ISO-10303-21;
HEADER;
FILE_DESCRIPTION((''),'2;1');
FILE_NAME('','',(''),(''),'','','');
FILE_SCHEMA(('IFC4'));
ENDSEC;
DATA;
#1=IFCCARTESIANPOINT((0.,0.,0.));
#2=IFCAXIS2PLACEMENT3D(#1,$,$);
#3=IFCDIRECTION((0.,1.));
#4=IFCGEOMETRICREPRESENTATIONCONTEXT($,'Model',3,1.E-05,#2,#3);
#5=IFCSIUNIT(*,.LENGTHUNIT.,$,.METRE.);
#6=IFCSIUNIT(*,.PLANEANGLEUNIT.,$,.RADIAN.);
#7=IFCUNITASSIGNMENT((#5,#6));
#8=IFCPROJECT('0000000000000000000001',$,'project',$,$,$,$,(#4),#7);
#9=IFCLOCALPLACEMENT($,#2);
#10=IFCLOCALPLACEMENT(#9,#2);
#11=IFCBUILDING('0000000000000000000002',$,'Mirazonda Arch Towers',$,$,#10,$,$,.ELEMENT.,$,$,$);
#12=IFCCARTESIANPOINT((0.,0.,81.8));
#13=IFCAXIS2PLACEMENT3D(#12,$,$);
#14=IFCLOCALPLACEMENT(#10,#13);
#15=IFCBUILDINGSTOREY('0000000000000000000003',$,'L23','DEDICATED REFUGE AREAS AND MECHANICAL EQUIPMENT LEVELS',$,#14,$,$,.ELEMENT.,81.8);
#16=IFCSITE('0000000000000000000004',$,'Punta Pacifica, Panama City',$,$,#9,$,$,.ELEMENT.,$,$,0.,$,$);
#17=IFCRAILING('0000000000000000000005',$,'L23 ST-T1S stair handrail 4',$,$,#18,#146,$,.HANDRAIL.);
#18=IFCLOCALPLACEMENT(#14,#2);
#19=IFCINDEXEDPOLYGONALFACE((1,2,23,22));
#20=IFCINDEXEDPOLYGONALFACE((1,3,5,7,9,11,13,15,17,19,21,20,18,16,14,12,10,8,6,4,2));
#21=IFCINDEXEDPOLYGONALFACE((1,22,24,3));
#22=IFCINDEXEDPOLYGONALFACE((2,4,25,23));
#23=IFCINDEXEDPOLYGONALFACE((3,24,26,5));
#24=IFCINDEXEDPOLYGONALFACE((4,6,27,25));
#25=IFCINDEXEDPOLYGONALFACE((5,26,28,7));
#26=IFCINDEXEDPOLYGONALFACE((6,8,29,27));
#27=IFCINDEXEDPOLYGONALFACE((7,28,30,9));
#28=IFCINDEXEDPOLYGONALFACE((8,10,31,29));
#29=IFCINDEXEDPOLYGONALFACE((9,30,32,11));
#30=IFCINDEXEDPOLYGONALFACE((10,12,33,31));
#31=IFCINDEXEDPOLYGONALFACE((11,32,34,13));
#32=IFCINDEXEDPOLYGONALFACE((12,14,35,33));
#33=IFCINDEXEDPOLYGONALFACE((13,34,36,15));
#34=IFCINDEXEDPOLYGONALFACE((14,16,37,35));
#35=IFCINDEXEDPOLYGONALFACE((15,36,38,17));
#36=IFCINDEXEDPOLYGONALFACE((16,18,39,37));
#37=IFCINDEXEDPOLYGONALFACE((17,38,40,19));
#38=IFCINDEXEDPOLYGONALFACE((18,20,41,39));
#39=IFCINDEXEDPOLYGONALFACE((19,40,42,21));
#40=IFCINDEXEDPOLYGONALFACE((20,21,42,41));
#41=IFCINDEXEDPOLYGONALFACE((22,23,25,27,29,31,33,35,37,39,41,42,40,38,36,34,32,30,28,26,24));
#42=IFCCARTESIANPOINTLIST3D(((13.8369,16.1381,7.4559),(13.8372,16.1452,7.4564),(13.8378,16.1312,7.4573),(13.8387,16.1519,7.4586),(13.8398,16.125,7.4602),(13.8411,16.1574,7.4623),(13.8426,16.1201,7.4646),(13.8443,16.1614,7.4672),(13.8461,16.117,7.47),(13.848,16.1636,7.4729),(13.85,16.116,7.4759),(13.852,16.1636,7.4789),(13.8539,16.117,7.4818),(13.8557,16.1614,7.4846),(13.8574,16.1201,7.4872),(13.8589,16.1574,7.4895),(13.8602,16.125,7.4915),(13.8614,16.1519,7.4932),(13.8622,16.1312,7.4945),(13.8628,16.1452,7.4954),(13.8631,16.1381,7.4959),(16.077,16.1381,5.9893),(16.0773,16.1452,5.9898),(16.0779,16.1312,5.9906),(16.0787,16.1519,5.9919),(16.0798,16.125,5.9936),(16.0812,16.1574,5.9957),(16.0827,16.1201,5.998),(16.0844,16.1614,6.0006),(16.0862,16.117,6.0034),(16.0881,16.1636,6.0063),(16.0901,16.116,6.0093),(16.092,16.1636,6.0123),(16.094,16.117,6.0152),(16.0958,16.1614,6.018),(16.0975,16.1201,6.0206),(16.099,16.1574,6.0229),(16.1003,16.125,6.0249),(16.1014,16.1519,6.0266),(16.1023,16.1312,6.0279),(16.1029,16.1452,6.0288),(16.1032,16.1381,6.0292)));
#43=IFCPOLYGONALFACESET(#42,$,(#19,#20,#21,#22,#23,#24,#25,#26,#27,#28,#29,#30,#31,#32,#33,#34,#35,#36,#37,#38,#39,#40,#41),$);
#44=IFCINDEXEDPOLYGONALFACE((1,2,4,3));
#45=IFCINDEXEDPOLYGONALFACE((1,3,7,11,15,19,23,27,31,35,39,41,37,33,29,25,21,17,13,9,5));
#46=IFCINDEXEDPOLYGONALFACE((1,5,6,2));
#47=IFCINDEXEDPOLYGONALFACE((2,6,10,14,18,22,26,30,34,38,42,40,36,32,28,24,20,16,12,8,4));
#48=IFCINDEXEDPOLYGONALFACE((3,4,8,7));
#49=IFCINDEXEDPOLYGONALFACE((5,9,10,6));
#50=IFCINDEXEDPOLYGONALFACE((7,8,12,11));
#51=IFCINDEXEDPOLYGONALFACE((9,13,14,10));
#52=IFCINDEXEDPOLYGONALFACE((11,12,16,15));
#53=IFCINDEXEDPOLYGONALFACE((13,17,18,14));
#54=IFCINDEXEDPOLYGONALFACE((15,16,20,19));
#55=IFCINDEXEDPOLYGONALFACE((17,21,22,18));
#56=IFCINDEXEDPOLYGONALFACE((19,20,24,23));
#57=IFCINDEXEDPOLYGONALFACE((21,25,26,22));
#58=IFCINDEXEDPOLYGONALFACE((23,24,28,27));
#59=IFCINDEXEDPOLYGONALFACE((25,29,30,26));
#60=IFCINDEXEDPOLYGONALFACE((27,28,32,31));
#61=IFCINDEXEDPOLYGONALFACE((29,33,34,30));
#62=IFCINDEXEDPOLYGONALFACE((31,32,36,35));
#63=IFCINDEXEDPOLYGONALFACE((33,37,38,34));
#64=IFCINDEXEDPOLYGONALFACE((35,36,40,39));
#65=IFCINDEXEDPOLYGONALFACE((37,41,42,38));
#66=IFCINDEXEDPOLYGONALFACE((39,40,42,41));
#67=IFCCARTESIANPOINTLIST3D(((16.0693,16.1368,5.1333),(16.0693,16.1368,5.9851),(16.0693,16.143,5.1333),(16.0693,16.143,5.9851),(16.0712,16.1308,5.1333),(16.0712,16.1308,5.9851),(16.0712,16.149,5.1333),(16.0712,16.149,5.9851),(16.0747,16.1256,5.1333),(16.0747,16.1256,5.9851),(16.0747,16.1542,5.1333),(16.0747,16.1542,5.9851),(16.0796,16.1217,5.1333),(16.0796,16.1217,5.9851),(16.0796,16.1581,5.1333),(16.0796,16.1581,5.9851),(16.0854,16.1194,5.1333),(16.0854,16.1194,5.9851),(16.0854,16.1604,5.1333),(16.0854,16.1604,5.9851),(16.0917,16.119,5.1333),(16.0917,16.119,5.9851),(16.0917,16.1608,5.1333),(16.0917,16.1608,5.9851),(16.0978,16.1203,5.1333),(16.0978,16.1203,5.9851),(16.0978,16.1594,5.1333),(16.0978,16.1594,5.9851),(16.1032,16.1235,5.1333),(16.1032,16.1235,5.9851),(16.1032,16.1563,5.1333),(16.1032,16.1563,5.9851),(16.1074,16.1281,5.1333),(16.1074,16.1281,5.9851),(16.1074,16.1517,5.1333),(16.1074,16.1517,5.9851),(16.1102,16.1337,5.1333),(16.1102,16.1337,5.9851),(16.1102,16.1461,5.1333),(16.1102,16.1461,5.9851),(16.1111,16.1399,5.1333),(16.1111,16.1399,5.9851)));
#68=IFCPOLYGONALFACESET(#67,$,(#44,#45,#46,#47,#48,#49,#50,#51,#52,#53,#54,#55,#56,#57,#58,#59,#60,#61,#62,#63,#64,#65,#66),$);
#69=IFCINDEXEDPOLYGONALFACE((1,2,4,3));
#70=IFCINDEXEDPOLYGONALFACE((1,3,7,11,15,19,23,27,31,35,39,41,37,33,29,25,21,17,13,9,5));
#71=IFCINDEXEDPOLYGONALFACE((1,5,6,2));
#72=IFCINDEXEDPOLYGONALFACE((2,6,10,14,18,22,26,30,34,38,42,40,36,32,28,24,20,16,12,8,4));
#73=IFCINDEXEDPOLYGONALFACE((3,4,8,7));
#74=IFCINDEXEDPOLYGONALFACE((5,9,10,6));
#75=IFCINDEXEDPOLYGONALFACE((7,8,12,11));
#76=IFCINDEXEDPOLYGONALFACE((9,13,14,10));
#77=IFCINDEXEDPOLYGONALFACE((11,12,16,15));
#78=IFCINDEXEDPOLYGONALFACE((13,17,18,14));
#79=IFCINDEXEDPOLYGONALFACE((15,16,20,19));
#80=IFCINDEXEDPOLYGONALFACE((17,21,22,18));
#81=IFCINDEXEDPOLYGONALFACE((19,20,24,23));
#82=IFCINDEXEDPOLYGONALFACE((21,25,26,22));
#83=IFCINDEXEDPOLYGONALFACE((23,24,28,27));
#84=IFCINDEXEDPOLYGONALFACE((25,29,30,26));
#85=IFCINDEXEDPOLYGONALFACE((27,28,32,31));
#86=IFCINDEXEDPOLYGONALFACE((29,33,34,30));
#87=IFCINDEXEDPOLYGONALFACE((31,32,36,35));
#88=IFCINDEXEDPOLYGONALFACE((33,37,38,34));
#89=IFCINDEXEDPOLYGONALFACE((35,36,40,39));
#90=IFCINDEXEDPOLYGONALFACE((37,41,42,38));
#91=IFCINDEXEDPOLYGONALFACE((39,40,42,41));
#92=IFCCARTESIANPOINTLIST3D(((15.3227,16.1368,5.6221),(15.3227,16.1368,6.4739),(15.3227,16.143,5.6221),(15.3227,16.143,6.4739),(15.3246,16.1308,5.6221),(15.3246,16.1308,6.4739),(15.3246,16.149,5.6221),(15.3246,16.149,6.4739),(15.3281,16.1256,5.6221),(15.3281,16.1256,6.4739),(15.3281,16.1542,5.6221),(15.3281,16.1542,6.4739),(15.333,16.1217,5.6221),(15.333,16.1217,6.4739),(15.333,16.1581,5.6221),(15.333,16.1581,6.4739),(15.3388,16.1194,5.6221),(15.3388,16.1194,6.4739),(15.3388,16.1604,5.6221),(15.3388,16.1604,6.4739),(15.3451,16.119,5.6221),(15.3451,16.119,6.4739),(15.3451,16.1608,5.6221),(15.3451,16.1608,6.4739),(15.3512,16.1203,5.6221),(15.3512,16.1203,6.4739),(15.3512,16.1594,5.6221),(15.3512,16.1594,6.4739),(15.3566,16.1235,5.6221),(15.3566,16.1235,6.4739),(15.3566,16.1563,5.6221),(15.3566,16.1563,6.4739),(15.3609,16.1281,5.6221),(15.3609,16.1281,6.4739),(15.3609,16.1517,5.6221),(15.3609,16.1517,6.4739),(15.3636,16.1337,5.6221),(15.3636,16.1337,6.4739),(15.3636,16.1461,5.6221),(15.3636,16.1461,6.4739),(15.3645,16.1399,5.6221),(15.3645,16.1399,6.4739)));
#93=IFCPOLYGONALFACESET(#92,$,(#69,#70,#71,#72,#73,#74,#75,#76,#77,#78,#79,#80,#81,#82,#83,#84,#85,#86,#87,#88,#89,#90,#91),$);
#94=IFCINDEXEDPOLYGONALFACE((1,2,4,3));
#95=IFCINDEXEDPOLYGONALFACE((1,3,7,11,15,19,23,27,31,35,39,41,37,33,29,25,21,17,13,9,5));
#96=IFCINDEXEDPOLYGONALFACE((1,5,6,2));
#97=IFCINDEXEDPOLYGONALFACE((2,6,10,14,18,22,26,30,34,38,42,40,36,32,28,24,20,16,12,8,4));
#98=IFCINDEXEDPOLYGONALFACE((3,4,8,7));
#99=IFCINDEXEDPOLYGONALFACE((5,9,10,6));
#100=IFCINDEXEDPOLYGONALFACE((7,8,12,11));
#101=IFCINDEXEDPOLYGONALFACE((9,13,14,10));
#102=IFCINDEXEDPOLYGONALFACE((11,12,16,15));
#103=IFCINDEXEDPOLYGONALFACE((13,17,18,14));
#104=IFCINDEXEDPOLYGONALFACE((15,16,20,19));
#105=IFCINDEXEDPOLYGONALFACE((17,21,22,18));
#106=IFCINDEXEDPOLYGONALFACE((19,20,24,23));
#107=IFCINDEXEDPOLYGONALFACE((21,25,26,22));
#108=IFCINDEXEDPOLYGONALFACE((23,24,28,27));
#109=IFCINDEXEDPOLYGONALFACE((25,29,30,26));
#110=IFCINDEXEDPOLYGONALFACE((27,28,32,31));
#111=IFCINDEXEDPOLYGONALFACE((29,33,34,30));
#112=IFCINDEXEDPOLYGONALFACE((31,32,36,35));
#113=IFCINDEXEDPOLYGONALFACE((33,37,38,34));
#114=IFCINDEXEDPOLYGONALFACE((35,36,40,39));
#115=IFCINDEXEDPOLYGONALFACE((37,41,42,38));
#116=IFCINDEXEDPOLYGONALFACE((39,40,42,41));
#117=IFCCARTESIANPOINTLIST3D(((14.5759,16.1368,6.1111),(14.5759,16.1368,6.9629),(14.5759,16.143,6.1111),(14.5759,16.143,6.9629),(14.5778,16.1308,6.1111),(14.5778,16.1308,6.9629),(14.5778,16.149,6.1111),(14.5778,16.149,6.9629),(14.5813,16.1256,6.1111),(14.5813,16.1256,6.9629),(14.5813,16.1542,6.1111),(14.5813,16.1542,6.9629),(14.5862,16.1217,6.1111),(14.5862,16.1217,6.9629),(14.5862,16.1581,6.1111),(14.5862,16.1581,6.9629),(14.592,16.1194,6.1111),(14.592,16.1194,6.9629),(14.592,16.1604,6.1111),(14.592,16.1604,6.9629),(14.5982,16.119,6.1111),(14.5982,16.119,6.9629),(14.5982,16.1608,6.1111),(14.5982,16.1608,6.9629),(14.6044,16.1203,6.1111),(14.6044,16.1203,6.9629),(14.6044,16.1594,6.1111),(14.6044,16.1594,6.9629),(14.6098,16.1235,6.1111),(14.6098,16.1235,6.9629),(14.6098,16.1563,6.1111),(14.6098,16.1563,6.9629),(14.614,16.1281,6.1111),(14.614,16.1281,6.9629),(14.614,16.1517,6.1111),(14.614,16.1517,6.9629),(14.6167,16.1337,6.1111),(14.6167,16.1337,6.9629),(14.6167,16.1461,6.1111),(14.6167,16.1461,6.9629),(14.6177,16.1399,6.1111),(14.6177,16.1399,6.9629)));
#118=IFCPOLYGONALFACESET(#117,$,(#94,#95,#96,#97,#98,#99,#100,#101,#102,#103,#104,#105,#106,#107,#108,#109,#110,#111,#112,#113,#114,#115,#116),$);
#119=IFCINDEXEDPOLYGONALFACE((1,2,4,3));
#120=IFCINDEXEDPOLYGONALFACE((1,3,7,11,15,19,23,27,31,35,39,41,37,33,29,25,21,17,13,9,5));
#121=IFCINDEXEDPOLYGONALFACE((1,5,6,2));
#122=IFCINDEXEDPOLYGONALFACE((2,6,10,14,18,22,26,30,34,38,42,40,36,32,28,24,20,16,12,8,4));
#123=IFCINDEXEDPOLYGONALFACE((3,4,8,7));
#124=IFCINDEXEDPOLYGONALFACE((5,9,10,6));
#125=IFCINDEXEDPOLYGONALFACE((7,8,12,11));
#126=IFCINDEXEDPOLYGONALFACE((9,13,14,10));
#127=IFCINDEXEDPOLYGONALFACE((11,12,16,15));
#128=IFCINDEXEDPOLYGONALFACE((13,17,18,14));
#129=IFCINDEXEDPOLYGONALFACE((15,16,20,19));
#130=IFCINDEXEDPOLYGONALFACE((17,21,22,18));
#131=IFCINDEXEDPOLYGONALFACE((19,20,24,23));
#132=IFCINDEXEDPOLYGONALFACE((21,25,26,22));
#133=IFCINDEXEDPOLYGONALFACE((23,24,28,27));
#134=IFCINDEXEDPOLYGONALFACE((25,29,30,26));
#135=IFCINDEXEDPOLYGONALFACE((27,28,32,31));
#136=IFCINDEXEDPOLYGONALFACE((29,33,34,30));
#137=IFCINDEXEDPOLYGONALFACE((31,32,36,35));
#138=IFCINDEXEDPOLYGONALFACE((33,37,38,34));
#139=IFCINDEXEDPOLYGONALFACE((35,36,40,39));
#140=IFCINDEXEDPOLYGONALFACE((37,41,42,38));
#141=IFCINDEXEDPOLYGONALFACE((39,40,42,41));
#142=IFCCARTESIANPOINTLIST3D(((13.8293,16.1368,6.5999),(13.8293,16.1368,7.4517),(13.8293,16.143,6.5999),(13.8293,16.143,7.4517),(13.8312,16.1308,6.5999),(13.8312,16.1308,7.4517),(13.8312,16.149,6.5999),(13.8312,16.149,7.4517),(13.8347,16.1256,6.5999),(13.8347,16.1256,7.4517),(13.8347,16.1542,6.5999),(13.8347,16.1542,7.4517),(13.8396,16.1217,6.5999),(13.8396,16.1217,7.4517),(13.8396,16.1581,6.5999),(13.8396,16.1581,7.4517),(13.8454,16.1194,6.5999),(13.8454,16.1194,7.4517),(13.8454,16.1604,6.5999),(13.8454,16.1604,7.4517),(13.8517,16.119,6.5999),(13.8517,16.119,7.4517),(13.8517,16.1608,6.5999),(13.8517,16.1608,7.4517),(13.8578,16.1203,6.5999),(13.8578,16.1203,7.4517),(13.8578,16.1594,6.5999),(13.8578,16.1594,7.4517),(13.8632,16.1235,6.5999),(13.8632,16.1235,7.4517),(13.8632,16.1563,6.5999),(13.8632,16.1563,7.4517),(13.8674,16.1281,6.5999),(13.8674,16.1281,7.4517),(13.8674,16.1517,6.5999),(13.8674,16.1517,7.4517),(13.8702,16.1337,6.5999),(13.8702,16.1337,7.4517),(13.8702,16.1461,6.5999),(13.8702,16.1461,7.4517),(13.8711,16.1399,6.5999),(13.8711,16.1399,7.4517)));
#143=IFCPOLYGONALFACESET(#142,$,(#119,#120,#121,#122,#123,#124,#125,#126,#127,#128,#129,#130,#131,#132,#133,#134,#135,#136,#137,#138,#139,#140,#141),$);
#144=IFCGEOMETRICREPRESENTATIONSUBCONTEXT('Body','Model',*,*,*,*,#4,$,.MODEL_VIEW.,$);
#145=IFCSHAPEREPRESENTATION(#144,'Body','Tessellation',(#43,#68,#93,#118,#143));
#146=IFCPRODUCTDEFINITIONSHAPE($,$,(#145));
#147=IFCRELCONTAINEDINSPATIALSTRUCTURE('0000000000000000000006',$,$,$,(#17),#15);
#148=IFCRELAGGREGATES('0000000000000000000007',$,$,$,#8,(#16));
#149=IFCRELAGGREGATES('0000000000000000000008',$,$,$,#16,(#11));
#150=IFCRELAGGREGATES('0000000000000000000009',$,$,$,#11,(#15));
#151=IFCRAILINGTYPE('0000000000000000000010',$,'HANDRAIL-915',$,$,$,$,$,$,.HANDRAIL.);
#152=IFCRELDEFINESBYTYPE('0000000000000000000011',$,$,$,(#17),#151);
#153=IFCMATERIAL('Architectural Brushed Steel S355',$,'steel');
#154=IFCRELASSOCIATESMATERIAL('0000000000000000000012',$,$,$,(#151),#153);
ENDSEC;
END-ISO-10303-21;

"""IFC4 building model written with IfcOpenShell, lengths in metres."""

from ifc_helpers import new_model, si_unit, direction, frame, origin, origin_2d, place, context, subcontext, project, spatial, circle, extrude, material, type_object, element, save


model = new_model("IFC4")

# Units and contexts
model_context = context("Model", 3, precision=1e-05, world=origin(), true_north=direction((0.0, 1.0)))
body_context = subcontext(model_context, "Body", "Model", "MODEL_VIEW")
ifc_project = project(units=[si_unit("LENGTHUNIT", "METRE"), si_unit("PLANEANGLEUNIT", "RADIAN")], contexts=[model_context])

# Site, building, storey
site_placement = place(None, origin())
site = spatial("IfcSite", under=ifc_project, at=site_placement, Name="Punta Pacifica, Panama City", CompositionType="ELEMENT", RefElevation=0.0)
building_placement = place(site_placement, origin())
building = spatial("IfcBuilding", under=site, at=building_placement, Name="Mirazonda Arch Towers", CompositionType="ELEMENT")
storey_placement = place(building_placement, frame((0.0, 0.0, 81.8)))
storey = spatial("IfcBuildingStorey", under=building, at=storey_placement, Name="L23", Description="DEDICATED REFUGE AREAS AND MECHANICAL EQUIPMENT LEVELS", CompositionType="ELEMENT", Elevation=81.8)

# Shared definitions
ifc_material_1 = material(Name="Architectural Brushed Steel S355", Category="steel")

# Railing
railing_type_1 = type_object("IfcRailingType", Name="HANDRAIL-915", PredefinedType="HANDRAIL", material=ifc_material_1)
railing_1_placement = place(storey_placement, frame((16.0901, 16.1399, 5.1333)))
element("IfcRailing", 1, at=railing_1_placement, inside=storey, type_object=railing_type_1, Name="L23 ST-T1S stair handrail 4", PredefinedType="HANDRAIL", context=body_context, shape_type="SweptSolid", body=[
    extrude(circle(Radius=0.0239, at=origin_2d()), frame((0.0, 0.0, 0.876), z_axis=(-0.836637, 0.0, 0.547758), x_axis=(0.0, -1.0, 0.0)), (0.0, 0.0, 1.0), 2.6775),
    extrude(circle(Radius=0.021, at=origin_2d()), origin(), (0.0, 0.0, 1.0), 0.8518),
    extrude(circle(Radius=0.021, at=origin_2d()), frame((-0.7466, 0.0, 0.4888)), (0.0, 0.0, 1.0), 0.8518),
    extrude(circle(Radius=0.021, at=origin_2d()), frame((-1.4934, 0.0, 0.9778)), (0.0, 0.0, 1.0), 0.8518),
    extrude(circle(Radius=0.021, at=origin_2d()), frame((-2.24, 0.0, 1.4666)), (0.0, 0.0, 1.0), 0.8518),
])

save(model, "model.ifc")
